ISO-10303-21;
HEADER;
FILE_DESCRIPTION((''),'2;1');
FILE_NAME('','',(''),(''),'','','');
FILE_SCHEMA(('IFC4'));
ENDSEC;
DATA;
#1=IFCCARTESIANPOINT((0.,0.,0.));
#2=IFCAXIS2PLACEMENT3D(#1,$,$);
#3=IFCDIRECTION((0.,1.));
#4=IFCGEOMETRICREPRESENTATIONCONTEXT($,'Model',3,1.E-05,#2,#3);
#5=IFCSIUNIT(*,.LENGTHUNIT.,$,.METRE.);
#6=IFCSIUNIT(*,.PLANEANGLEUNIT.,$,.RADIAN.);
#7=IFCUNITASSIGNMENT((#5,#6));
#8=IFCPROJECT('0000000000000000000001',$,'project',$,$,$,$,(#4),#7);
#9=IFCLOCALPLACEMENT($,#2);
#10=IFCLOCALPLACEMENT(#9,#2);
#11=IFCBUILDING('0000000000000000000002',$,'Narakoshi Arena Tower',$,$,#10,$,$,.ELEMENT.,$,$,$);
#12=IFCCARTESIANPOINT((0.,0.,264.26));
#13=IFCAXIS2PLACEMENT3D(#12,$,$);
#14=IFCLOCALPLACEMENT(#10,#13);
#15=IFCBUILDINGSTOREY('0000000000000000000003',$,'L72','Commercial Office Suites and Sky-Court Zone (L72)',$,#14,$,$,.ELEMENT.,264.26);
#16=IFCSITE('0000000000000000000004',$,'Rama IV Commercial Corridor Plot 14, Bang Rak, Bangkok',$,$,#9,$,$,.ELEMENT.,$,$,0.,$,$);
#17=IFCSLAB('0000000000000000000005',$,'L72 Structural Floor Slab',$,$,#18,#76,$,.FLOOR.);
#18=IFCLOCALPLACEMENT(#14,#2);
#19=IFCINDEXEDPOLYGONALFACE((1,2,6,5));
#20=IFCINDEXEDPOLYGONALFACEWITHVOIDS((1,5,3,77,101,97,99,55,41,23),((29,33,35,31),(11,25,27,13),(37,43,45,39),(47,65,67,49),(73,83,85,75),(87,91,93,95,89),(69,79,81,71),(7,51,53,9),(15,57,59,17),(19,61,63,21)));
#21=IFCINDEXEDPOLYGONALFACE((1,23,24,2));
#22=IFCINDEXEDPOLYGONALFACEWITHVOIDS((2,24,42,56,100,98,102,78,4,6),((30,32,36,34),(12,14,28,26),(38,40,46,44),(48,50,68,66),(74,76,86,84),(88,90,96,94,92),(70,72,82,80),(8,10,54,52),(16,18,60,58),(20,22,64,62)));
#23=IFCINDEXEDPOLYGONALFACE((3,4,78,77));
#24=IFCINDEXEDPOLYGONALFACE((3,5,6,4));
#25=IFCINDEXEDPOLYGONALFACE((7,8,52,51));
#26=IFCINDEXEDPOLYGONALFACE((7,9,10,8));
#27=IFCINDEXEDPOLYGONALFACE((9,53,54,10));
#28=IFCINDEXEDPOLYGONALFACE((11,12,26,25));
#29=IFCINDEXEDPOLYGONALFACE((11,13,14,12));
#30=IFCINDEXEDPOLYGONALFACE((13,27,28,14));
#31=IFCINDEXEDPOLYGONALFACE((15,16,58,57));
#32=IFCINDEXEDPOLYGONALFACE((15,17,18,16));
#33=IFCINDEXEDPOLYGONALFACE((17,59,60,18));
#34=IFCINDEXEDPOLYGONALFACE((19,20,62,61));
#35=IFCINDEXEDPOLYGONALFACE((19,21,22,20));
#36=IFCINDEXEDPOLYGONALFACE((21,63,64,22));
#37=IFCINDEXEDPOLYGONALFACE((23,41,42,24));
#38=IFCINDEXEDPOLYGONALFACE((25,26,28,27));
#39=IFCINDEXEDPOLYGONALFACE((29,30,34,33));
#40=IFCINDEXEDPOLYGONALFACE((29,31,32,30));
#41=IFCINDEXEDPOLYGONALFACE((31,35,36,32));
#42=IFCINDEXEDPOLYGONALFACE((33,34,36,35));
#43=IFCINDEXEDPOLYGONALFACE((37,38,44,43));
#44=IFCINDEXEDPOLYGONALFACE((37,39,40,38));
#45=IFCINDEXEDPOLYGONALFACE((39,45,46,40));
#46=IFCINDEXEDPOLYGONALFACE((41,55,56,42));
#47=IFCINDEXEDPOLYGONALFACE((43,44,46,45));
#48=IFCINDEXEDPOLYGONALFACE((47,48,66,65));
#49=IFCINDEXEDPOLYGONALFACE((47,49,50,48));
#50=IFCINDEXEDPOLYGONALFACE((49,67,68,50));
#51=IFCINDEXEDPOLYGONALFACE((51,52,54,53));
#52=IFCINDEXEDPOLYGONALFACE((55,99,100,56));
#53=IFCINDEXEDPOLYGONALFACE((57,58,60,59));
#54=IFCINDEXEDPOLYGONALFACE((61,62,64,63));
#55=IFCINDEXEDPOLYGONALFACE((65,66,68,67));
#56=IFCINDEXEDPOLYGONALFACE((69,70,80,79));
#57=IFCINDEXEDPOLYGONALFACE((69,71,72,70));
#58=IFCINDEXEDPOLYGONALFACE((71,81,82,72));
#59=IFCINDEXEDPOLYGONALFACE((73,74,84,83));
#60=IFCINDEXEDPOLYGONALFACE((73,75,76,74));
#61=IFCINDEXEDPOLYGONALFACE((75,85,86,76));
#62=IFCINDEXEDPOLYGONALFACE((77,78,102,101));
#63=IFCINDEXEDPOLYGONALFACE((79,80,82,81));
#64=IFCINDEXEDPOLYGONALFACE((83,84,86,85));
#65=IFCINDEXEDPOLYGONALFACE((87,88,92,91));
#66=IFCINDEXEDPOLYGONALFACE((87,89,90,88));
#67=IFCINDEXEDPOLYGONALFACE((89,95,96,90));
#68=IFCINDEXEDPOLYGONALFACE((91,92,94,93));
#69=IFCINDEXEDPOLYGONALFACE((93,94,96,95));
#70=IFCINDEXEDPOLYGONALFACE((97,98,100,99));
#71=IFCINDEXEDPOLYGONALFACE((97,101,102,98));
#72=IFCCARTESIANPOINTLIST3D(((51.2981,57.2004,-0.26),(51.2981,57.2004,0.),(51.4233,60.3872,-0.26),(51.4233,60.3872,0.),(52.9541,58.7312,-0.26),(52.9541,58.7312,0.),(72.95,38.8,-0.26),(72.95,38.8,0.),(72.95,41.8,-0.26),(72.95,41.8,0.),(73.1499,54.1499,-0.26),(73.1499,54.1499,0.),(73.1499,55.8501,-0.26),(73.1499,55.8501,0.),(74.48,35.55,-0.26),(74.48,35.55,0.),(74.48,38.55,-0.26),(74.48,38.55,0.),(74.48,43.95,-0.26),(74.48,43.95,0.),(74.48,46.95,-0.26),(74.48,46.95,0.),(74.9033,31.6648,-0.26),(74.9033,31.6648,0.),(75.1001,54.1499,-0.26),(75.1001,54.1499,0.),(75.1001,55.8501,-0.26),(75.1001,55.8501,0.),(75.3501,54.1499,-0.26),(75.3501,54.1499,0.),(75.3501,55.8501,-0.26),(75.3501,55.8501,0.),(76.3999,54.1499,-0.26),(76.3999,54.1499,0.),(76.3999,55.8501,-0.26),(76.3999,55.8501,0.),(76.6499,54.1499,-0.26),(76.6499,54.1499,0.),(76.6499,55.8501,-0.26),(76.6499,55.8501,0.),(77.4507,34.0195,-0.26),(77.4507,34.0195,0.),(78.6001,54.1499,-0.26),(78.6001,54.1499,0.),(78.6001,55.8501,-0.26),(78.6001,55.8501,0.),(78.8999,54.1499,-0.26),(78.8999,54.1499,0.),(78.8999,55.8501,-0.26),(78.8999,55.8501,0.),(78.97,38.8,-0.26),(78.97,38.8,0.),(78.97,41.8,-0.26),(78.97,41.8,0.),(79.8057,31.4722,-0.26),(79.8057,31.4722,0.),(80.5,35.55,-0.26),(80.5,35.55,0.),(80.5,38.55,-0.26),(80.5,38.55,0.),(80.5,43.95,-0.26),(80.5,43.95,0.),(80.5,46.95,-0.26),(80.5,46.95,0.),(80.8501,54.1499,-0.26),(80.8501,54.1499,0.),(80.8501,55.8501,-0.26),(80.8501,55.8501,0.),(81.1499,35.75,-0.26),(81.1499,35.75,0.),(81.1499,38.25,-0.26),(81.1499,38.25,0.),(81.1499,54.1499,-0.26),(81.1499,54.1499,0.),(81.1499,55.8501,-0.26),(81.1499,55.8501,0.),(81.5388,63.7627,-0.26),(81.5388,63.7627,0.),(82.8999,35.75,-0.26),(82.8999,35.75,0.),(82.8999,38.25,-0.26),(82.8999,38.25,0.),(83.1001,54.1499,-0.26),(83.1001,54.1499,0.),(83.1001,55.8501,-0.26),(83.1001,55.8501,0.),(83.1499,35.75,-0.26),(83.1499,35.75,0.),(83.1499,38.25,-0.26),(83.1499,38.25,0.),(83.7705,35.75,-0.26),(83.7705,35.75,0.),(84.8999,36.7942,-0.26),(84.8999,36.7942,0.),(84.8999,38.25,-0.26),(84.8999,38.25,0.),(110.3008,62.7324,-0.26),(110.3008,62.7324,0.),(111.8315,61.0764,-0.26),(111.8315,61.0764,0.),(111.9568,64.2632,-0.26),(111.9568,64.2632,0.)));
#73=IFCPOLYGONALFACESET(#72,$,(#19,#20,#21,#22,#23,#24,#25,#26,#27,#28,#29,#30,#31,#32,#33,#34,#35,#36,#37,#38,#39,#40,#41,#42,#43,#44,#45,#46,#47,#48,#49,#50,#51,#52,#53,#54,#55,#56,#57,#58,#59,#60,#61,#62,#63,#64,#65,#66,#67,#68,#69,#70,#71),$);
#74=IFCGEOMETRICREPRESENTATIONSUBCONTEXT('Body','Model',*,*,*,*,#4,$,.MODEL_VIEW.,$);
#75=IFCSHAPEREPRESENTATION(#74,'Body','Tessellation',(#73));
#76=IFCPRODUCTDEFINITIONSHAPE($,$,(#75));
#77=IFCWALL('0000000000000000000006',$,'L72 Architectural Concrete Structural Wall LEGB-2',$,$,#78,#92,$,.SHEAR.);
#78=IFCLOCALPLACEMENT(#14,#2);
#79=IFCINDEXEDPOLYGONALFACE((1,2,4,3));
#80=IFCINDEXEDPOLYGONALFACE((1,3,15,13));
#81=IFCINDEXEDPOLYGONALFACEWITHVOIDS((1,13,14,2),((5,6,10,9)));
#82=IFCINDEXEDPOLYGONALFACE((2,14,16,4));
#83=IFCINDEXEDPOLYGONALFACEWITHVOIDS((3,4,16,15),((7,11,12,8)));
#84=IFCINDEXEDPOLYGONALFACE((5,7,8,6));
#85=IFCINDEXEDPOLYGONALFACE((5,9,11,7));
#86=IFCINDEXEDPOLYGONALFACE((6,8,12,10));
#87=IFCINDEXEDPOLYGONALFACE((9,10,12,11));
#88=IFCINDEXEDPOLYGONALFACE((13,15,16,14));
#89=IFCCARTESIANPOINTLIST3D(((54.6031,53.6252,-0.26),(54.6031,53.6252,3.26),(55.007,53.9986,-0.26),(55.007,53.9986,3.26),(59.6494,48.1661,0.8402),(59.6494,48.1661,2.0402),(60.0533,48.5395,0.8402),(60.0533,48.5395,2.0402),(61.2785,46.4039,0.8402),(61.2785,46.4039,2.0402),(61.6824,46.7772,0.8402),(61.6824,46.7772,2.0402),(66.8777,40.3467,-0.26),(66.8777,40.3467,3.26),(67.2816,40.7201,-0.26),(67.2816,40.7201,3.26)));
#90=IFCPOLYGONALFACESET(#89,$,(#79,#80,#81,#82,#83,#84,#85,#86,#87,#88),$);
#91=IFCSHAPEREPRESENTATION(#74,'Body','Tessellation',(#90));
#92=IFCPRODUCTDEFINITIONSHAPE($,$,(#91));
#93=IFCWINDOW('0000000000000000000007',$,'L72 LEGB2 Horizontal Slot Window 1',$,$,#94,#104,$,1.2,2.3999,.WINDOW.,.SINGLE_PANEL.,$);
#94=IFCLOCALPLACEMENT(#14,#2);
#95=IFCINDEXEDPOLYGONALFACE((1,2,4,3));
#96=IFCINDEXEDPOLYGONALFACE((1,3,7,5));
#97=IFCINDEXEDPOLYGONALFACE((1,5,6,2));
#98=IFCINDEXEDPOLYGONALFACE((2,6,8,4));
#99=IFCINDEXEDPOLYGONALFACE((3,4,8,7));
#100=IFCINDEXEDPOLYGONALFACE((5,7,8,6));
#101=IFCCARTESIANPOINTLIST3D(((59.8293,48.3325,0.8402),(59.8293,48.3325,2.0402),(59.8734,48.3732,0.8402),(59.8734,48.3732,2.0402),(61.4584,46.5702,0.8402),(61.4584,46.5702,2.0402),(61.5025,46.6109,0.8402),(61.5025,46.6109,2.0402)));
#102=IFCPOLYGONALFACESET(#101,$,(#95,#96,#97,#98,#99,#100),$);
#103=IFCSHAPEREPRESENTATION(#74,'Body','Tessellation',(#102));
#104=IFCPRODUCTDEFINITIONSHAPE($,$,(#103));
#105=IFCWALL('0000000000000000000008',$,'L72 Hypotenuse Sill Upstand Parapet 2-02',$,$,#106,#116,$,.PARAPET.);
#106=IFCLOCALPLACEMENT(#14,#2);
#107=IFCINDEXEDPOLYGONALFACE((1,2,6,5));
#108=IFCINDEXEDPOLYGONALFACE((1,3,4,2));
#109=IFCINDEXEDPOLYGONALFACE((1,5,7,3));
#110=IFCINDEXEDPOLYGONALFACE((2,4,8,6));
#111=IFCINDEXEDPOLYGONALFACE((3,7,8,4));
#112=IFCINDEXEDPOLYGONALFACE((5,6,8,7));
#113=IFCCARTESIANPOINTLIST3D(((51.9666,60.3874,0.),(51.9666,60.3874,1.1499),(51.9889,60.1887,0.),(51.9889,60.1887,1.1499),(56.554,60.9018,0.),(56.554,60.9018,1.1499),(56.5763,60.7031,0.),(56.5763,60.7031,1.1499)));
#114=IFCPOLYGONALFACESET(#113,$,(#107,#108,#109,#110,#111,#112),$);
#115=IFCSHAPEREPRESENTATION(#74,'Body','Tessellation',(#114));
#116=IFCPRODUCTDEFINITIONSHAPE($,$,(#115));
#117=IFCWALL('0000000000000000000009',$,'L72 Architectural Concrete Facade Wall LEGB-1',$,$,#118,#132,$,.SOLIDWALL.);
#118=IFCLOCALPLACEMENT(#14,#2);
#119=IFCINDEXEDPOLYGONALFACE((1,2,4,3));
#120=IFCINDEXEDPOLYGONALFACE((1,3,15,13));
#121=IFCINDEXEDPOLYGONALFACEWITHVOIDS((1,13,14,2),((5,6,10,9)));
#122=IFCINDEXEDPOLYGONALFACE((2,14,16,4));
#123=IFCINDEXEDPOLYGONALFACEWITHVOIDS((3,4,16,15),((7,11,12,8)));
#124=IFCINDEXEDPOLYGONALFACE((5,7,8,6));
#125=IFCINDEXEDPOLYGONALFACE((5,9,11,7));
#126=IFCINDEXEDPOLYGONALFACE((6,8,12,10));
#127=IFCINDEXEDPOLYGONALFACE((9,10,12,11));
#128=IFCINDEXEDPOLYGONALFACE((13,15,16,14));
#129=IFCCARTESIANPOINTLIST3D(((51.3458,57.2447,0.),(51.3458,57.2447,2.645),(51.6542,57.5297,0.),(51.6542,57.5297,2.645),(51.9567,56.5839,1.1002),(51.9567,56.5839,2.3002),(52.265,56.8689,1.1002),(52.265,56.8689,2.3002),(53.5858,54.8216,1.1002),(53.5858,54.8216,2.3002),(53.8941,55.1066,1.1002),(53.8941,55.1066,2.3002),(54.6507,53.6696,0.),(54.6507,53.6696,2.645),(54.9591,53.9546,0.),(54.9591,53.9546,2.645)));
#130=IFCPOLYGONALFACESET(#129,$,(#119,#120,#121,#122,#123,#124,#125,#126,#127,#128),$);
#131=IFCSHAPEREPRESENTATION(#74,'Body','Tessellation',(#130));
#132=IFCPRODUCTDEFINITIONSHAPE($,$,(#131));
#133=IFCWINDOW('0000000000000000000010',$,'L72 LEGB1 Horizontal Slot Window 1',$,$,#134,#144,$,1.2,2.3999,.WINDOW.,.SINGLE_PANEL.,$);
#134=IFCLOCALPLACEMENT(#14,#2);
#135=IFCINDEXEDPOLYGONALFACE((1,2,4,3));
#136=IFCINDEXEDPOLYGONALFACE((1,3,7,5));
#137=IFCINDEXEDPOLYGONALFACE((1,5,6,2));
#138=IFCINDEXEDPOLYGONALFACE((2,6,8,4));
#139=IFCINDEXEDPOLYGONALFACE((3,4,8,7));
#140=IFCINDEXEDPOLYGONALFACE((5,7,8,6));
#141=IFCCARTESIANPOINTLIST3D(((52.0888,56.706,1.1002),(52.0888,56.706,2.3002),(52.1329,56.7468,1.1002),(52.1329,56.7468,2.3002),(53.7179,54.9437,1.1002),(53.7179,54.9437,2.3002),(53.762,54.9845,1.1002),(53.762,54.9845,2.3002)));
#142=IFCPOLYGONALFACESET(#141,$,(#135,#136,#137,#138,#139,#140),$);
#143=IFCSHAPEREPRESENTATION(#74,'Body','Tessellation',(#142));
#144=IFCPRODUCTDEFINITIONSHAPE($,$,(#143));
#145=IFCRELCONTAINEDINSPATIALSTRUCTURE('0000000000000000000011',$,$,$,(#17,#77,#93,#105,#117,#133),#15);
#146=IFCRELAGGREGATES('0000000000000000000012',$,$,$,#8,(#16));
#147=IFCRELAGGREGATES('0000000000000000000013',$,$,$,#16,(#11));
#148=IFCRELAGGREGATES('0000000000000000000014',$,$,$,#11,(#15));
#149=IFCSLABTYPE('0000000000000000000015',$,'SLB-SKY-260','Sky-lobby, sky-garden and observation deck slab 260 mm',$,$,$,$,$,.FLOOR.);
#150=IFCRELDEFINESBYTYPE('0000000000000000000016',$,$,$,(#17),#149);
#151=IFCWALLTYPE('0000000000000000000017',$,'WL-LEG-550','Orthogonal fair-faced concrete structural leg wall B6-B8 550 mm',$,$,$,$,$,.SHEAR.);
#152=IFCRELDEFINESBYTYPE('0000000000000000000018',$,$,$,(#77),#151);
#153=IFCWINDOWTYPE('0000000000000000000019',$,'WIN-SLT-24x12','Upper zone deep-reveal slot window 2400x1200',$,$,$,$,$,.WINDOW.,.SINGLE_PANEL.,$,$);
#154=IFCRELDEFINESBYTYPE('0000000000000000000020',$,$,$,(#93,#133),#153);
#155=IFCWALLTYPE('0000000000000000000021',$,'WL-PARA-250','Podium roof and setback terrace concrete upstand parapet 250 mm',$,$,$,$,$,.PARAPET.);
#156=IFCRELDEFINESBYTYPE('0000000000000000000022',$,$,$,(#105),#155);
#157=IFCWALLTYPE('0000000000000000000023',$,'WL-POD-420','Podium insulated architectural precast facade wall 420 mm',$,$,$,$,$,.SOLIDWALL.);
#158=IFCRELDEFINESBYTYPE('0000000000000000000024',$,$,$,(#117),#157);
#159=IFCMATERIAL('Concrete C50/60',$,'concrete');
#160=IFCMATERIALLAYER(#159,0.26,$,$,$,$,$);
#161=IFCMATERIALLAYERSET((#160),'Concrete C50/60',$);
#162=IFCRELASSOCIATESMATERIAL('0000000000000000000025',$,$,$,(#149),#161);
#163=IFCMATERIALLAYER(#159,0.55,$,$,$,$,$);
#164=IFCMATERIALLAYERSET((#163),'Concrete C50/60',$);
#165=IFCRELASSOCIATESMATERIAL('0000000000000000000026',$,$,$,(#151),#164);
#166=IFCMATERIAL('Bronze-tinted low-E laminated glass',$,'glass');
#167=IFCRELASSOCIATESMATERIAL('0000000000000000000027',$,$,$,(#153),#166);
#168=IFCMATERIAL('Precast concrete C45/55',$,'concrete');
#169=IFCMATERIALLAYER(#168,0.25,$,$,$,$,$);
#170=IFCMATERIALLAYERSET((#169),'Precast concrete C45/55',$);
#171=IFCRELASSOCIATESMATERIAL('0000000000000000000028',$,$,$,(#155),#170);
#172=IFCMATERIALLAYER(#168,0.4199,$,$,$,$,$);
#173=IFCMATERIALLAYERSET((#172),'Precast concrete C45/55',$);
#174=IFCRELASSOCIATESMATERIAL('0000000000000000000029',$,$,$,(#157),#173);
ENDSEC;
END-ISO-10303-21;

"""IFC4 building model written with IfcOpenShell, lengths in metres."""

from ifc_helpers import new_model, si_unit, direction, frame, frame_2d, origin, place, context, subcontext, project, spatial, polyline, rectangle, outline, extrude, material, layer, layer_set, type_object, element, fill, save


model = new_model("IFC4")

# Units and contexts
model_context = context("Model", 3, precision=1e-05, world=origin(), true_north=direction((0.0, 1.0)))
body_context = subcontext(model_context, "Body", "Model", "MODEL_VIEW")
ifc_project = project(units=[si_unit("LENGTHUNIT", "METRE"), si_unit("PLANEANGLEUNIT", "RADIAN")], contexts=[model_context])

# Site, building, storey
site_placement = place(None, origin())
site = spatial("IfcSite", under=ifc_project, at=site_placement, Name="Rama IV Commercial Corridor Plot 14, Bang Rak, Bangkok", CompositionType="ELEMENT", RefElevation=0.0)
building_placement = place(site_placement, origin())
building = spatial("IfcBuilding", under=site, at=building_placement, Name="Narakoshi Arena Tower", CompositionType="ELEMENT")
storey_placement = place(building_placement, frame((0.0, 0.0, 264.26)))
storey = spatial("IfcBuildingStorey", under=building, at=storey_placement, Name="L72", Description="Commercial Office Suites and Sky-Court Zone (L72)", CompositionType="ELEMENT", Elevation=264.26)

# Shared definitions
ifc_material_1 = material(Name="Concrete C50/60", Category="concrete")

# Shared definitions
ifc_material_2 = material(Name="Bronze-tinted low-E laminated glass", Category="glass")

# Slab
ifc_layer_1 = layer(ifc_material_1, 0.26)
ifc_layer_set_1 = layer_set([ifc_layer_1], Name="Concrete C50/60")
slab_type_1 = type_object("IfcSlabType", Name="SLB-SKY-260", Description="Sky-lobby, sky-garden and observation deck slab 260 mm", PredefinedType="FLOOR", material=ifc_layer_set_1)
slab_1_placement = place(storey_placement, frame((0.0, 0.0, -0.26)))
element("IfcSlab", 1, at=slab_1_placement, inside=storey, type_object=slab_type_1, Name="L72 Structural Floor Slab", PredefinedType="FLOOR", context=body_context, shape_type="SweptSolid", body=[
    extrude(outline(polyline([(79.8057, 31.4722), (111.8315, 61.0764), (110.3008, 62.7324), (111.9568, 64.2632), (81.5388, 63.7627), (51.4233, 60.3872), (52.9541, 58.7312), (51.2981, 57.2004), (74.9033, 31.6648), (77.4507, 34.0195), (79.8057, 31.4722)]), holes=[polyline([(80.5, 35.55), (74.48, 35.55), (74.48, 38.55), (80.5, 38.55), (80.5, 35.55)]), polyline([(82.8999, 35.75), (81.1499, 35.75), (81.1499, 38.25), (82.8999, 38.25), (82.8999, 35.75)]), polyline([(84.8999, 36.7942), (83.7705, 35.75), (83.1499, 35.75), (83.1499, 38.25), (84.8999, 38.25), (84.8999, 36.7942)]), polyline([(72.95, 38.8), (72.95, 41.8), (78.97, 41.8), (78.97, 38.8), (72.95, 38.8)]), polyline([(74.48, 43.95), (74.48, 46.95), (80.5, 46.95), (80.5, 43.95), (74.48, 43.95)]), polyline([(75.1001, 54.1499), (73.1499, 54.1499), (73.1499, 55.8501), (75.1001, 55.8501), (75.1001, 54.1499)]), polyline([(76.3999, 54.1499), (75.3501, 54.1499), (75.3501, 55.8501), (76.3999, 55.8501), (76.3999, 54.1499)]), polyline([(78.6001, 54.1499), (76.6499, 54.1499), (76.6499, 55.8501), (78.6001, 55.8501), (78.6001, 54.1499)]), polyline([(78.8999, 54.1499), (78.8999, 55.8501), (80.8501, 55.8501), (80.8501, 54.1499), (78.8999, 54.1499)]), polyline([(81.1499, 54.1499), (81.1499, 55.8501), (83.1001, 55.8501), (83.1001, 54.1499), (81.1499, 54.1499)])]), origin(), (0.0, 0.0, 1.0), 0.26),
])

# Wall, opening, window
ifc_layer_2 = layer(ifc_material_1, 0.55)
ifc_layer_set_2 = layer_set([ifc_layer_2], Name="Concrete C50/60")
wall_type_1 = type_object("IfcWallType", Name="WL-LEG-550", Description="Orthogonal fair-faced concrete structural leg wall B6-B8 550 mm", PredefinedType="SHEAR", material=ifc_layer_set_2)
wall_1_placement = place(storey_placement, frame((54.8049, 53.812, -0.26), z_axis=(0.0, 0.0, 1.0), x_axis=(0.678803, -0.73432, 0.0)))
wall_1 = element("IfcWall", 2, at=wall_1_placement, inside=storey, type_object=wall_type_1, Name="L72 Architectural Concrete Structural Wall LEGB-2", PredefinedType="SHEAR", context=body_context, shape_type="SweptSolid", body=[
    extrude(rectangle(XDim=18.0828, YDim=0.55, at=frame_2d((9.0415, 0.0))), origin(), (0.0, 0.0, 1.0), 3.52),
])
opening_1_placement = place(wall_1_placement, frame((7.4343, 0.0, 1.1001)))
opening_1 = element("IfcOpeningElement", 3, at=opening_1_placement, cuts=wall_1, PredefinedType="OPENING", context=body_context, shape_type="SweptSolid", body=[
    extrude(rectangle(XDim=2.3999, YDim=1.2, at=frame_2d((1.2, 0.6001))), frame((0.0, 0.2849, 0.0), z_axis=(0.0, -1.0, 0.0), x_axis=(1.0, 0.0, 0.0)), (0.0, 0.0, 1.0), 0.5701),
])
window_type_1 = type_object("IfcWindowType", Name="WIN-SLT-24x12", Description="Upper zone deep-reveal slot window 2400x1200", PartitioningType="SINGLE_PANEL", PredefinedType="WINDOW", material=ifc_material_2)
window_1_placement = place(opening_1_placement, origin())
window_1 = element("IfcWindow", 4, at=window_1_placement, inside=storey, type_object=window_type_1, Name="L72 LEGB2 Horizontal Slot Window 1", OverallHeight=1.2, OverallWidth=2.3999, PartitioningType="SINGLE_PANEL", PredefinedType="WINDOW", context=body_context, shape_type="SweptSolid", body=[
    extrude(rectangle(XDim=2.3999, YDim=1.2, at=frame_2d((1.2, 0.6001))), frame((0.0, 0.03, 0.0), z_axis=(0.0, -1.0, 0.0), x_axis=(1.0, 0.0, 0.0)), (0.0, 0.0, 1.0), 0.0601),
])
fill(opening_1, window_1)

# Wall
ifc_material_3 = material(Name="Precast concrete C45/55", Category="concrete")
ifc_layer_3 = layer(ifc_material_3, 0.25)
ifc_layer_set_3 = layer_set([ifc_layer_3], Name="Precast concrete C45/55")
wall_type_2 = type_object("IfcWallType", Name="WL-PARA-250", Description="Podium roof and setback terrace concrete upstand parapet 250 mm", PredefinedType="PARAPET", material=ifc_layer_set_3)
wall_2_placement = place(storey_placement, frame((56.5652, 60.8025, 0.0), z_axis=(0.0, 0.0, 1.0), x_axis=(-0.993772, -0.111436, 0.0)))
element("IfcWall", 5, at=wall_2_placement, inside=storey, type_object=wall_type_2, Name="L72 Hypotenuse Sill Upstand Parapet 2-02", PredefinedType="PARAPET", context=body_context, shape_type="SweptSolid", body=[
    extrude(rectangle(XDim=4.6162, YDim=0.2, at=frame_2d((2.3081, 0.0))), origin(), (0.0, 0.0, 1.0), 1.1499),
])

# Wall, opening, window
ifc_layer_4 = layer(ifc_material_3, 0.4199)
ifc_layer_set_4 = layer_set([ifc_layer_4], Name="Precast concrete C45/55")
wall_type_3 = type_object("IfcWallType", Name="WL-POD-420", Description="Podium insulated architectural precast facade wall 420 mm", PredefinedType="SOLIDWALL", material=ifc_layer_set_4)
wall_3_placement = place(storey_placement, frame((51.5, 57.3872, 0.0), z_axis=(0.0, 0.0, 1.0), x_axis=(0.678807, -0.734317, 0.0)))
wall_3 = element("IfcWall", 6, at=wall_3_placement, inside=storey, type_object=wall_type_3, Name="L72 Architectural Concrete Facade Wall LEGB-1", PredefinedType="SOLIDWALL", context=body_context, shape_type="SweptSolid", body=[
    extrude(rectangle(XDim=4.8687, YDim=0.4199, at=frame_2d((2.4343, 0.0))), origin(), (0.0, 0.0, 1.0), 2.645),
])
opening_2_placement = place(wall_3_placement, frame((0.8999, 0.0, 1.1001)))
opening_2 = element("IfcOpeningElement", 7, at=opening_2_placement, cuts=wall_3, PredefinedType="OPENING", context=body_context, shape_type="SweptSolid", body=[
    extrude(rectangle(XDim=2.3999, YDim=1.2, at=frame_2d((1.2, 0.6001))), frame((0.0, 0.22, 0.0), z_axis=(0.0, -1.0, 0.0), x_axis=(1.0, 0.0, 0.0)), (0.0, 0.0, 1.0), 0.4399),
])
window_2_placement = place(opening_2_placement, origin())
window_2 = element("IfcWindow", 8, at=window_2_placement, inside=storey, type_object=window_type_1, Name="L72 LEGB1 Horizontal Slot Window 1", OverallHeight=1.2, OverallWidth=2.3999, PartitioningType="SINGLE_PANEL", PredefinedType="WINDOW", context=body_context, shape_type="SweptSolid", body=[
    extrude(rectangle(XDim=2.3999, YDim=1.2, at=frame_2d((1.2, 0.6001))), frame((0.0, 0.03, 0.0), z_axis=(0.0, -1.0, 0.0), x_axis=(1.0, 0.0, 0.0)), (0.0, 0.0, 1.0), 0.0601),
])
fill(opening_2, window_2)

save(model, "model.ifc")
